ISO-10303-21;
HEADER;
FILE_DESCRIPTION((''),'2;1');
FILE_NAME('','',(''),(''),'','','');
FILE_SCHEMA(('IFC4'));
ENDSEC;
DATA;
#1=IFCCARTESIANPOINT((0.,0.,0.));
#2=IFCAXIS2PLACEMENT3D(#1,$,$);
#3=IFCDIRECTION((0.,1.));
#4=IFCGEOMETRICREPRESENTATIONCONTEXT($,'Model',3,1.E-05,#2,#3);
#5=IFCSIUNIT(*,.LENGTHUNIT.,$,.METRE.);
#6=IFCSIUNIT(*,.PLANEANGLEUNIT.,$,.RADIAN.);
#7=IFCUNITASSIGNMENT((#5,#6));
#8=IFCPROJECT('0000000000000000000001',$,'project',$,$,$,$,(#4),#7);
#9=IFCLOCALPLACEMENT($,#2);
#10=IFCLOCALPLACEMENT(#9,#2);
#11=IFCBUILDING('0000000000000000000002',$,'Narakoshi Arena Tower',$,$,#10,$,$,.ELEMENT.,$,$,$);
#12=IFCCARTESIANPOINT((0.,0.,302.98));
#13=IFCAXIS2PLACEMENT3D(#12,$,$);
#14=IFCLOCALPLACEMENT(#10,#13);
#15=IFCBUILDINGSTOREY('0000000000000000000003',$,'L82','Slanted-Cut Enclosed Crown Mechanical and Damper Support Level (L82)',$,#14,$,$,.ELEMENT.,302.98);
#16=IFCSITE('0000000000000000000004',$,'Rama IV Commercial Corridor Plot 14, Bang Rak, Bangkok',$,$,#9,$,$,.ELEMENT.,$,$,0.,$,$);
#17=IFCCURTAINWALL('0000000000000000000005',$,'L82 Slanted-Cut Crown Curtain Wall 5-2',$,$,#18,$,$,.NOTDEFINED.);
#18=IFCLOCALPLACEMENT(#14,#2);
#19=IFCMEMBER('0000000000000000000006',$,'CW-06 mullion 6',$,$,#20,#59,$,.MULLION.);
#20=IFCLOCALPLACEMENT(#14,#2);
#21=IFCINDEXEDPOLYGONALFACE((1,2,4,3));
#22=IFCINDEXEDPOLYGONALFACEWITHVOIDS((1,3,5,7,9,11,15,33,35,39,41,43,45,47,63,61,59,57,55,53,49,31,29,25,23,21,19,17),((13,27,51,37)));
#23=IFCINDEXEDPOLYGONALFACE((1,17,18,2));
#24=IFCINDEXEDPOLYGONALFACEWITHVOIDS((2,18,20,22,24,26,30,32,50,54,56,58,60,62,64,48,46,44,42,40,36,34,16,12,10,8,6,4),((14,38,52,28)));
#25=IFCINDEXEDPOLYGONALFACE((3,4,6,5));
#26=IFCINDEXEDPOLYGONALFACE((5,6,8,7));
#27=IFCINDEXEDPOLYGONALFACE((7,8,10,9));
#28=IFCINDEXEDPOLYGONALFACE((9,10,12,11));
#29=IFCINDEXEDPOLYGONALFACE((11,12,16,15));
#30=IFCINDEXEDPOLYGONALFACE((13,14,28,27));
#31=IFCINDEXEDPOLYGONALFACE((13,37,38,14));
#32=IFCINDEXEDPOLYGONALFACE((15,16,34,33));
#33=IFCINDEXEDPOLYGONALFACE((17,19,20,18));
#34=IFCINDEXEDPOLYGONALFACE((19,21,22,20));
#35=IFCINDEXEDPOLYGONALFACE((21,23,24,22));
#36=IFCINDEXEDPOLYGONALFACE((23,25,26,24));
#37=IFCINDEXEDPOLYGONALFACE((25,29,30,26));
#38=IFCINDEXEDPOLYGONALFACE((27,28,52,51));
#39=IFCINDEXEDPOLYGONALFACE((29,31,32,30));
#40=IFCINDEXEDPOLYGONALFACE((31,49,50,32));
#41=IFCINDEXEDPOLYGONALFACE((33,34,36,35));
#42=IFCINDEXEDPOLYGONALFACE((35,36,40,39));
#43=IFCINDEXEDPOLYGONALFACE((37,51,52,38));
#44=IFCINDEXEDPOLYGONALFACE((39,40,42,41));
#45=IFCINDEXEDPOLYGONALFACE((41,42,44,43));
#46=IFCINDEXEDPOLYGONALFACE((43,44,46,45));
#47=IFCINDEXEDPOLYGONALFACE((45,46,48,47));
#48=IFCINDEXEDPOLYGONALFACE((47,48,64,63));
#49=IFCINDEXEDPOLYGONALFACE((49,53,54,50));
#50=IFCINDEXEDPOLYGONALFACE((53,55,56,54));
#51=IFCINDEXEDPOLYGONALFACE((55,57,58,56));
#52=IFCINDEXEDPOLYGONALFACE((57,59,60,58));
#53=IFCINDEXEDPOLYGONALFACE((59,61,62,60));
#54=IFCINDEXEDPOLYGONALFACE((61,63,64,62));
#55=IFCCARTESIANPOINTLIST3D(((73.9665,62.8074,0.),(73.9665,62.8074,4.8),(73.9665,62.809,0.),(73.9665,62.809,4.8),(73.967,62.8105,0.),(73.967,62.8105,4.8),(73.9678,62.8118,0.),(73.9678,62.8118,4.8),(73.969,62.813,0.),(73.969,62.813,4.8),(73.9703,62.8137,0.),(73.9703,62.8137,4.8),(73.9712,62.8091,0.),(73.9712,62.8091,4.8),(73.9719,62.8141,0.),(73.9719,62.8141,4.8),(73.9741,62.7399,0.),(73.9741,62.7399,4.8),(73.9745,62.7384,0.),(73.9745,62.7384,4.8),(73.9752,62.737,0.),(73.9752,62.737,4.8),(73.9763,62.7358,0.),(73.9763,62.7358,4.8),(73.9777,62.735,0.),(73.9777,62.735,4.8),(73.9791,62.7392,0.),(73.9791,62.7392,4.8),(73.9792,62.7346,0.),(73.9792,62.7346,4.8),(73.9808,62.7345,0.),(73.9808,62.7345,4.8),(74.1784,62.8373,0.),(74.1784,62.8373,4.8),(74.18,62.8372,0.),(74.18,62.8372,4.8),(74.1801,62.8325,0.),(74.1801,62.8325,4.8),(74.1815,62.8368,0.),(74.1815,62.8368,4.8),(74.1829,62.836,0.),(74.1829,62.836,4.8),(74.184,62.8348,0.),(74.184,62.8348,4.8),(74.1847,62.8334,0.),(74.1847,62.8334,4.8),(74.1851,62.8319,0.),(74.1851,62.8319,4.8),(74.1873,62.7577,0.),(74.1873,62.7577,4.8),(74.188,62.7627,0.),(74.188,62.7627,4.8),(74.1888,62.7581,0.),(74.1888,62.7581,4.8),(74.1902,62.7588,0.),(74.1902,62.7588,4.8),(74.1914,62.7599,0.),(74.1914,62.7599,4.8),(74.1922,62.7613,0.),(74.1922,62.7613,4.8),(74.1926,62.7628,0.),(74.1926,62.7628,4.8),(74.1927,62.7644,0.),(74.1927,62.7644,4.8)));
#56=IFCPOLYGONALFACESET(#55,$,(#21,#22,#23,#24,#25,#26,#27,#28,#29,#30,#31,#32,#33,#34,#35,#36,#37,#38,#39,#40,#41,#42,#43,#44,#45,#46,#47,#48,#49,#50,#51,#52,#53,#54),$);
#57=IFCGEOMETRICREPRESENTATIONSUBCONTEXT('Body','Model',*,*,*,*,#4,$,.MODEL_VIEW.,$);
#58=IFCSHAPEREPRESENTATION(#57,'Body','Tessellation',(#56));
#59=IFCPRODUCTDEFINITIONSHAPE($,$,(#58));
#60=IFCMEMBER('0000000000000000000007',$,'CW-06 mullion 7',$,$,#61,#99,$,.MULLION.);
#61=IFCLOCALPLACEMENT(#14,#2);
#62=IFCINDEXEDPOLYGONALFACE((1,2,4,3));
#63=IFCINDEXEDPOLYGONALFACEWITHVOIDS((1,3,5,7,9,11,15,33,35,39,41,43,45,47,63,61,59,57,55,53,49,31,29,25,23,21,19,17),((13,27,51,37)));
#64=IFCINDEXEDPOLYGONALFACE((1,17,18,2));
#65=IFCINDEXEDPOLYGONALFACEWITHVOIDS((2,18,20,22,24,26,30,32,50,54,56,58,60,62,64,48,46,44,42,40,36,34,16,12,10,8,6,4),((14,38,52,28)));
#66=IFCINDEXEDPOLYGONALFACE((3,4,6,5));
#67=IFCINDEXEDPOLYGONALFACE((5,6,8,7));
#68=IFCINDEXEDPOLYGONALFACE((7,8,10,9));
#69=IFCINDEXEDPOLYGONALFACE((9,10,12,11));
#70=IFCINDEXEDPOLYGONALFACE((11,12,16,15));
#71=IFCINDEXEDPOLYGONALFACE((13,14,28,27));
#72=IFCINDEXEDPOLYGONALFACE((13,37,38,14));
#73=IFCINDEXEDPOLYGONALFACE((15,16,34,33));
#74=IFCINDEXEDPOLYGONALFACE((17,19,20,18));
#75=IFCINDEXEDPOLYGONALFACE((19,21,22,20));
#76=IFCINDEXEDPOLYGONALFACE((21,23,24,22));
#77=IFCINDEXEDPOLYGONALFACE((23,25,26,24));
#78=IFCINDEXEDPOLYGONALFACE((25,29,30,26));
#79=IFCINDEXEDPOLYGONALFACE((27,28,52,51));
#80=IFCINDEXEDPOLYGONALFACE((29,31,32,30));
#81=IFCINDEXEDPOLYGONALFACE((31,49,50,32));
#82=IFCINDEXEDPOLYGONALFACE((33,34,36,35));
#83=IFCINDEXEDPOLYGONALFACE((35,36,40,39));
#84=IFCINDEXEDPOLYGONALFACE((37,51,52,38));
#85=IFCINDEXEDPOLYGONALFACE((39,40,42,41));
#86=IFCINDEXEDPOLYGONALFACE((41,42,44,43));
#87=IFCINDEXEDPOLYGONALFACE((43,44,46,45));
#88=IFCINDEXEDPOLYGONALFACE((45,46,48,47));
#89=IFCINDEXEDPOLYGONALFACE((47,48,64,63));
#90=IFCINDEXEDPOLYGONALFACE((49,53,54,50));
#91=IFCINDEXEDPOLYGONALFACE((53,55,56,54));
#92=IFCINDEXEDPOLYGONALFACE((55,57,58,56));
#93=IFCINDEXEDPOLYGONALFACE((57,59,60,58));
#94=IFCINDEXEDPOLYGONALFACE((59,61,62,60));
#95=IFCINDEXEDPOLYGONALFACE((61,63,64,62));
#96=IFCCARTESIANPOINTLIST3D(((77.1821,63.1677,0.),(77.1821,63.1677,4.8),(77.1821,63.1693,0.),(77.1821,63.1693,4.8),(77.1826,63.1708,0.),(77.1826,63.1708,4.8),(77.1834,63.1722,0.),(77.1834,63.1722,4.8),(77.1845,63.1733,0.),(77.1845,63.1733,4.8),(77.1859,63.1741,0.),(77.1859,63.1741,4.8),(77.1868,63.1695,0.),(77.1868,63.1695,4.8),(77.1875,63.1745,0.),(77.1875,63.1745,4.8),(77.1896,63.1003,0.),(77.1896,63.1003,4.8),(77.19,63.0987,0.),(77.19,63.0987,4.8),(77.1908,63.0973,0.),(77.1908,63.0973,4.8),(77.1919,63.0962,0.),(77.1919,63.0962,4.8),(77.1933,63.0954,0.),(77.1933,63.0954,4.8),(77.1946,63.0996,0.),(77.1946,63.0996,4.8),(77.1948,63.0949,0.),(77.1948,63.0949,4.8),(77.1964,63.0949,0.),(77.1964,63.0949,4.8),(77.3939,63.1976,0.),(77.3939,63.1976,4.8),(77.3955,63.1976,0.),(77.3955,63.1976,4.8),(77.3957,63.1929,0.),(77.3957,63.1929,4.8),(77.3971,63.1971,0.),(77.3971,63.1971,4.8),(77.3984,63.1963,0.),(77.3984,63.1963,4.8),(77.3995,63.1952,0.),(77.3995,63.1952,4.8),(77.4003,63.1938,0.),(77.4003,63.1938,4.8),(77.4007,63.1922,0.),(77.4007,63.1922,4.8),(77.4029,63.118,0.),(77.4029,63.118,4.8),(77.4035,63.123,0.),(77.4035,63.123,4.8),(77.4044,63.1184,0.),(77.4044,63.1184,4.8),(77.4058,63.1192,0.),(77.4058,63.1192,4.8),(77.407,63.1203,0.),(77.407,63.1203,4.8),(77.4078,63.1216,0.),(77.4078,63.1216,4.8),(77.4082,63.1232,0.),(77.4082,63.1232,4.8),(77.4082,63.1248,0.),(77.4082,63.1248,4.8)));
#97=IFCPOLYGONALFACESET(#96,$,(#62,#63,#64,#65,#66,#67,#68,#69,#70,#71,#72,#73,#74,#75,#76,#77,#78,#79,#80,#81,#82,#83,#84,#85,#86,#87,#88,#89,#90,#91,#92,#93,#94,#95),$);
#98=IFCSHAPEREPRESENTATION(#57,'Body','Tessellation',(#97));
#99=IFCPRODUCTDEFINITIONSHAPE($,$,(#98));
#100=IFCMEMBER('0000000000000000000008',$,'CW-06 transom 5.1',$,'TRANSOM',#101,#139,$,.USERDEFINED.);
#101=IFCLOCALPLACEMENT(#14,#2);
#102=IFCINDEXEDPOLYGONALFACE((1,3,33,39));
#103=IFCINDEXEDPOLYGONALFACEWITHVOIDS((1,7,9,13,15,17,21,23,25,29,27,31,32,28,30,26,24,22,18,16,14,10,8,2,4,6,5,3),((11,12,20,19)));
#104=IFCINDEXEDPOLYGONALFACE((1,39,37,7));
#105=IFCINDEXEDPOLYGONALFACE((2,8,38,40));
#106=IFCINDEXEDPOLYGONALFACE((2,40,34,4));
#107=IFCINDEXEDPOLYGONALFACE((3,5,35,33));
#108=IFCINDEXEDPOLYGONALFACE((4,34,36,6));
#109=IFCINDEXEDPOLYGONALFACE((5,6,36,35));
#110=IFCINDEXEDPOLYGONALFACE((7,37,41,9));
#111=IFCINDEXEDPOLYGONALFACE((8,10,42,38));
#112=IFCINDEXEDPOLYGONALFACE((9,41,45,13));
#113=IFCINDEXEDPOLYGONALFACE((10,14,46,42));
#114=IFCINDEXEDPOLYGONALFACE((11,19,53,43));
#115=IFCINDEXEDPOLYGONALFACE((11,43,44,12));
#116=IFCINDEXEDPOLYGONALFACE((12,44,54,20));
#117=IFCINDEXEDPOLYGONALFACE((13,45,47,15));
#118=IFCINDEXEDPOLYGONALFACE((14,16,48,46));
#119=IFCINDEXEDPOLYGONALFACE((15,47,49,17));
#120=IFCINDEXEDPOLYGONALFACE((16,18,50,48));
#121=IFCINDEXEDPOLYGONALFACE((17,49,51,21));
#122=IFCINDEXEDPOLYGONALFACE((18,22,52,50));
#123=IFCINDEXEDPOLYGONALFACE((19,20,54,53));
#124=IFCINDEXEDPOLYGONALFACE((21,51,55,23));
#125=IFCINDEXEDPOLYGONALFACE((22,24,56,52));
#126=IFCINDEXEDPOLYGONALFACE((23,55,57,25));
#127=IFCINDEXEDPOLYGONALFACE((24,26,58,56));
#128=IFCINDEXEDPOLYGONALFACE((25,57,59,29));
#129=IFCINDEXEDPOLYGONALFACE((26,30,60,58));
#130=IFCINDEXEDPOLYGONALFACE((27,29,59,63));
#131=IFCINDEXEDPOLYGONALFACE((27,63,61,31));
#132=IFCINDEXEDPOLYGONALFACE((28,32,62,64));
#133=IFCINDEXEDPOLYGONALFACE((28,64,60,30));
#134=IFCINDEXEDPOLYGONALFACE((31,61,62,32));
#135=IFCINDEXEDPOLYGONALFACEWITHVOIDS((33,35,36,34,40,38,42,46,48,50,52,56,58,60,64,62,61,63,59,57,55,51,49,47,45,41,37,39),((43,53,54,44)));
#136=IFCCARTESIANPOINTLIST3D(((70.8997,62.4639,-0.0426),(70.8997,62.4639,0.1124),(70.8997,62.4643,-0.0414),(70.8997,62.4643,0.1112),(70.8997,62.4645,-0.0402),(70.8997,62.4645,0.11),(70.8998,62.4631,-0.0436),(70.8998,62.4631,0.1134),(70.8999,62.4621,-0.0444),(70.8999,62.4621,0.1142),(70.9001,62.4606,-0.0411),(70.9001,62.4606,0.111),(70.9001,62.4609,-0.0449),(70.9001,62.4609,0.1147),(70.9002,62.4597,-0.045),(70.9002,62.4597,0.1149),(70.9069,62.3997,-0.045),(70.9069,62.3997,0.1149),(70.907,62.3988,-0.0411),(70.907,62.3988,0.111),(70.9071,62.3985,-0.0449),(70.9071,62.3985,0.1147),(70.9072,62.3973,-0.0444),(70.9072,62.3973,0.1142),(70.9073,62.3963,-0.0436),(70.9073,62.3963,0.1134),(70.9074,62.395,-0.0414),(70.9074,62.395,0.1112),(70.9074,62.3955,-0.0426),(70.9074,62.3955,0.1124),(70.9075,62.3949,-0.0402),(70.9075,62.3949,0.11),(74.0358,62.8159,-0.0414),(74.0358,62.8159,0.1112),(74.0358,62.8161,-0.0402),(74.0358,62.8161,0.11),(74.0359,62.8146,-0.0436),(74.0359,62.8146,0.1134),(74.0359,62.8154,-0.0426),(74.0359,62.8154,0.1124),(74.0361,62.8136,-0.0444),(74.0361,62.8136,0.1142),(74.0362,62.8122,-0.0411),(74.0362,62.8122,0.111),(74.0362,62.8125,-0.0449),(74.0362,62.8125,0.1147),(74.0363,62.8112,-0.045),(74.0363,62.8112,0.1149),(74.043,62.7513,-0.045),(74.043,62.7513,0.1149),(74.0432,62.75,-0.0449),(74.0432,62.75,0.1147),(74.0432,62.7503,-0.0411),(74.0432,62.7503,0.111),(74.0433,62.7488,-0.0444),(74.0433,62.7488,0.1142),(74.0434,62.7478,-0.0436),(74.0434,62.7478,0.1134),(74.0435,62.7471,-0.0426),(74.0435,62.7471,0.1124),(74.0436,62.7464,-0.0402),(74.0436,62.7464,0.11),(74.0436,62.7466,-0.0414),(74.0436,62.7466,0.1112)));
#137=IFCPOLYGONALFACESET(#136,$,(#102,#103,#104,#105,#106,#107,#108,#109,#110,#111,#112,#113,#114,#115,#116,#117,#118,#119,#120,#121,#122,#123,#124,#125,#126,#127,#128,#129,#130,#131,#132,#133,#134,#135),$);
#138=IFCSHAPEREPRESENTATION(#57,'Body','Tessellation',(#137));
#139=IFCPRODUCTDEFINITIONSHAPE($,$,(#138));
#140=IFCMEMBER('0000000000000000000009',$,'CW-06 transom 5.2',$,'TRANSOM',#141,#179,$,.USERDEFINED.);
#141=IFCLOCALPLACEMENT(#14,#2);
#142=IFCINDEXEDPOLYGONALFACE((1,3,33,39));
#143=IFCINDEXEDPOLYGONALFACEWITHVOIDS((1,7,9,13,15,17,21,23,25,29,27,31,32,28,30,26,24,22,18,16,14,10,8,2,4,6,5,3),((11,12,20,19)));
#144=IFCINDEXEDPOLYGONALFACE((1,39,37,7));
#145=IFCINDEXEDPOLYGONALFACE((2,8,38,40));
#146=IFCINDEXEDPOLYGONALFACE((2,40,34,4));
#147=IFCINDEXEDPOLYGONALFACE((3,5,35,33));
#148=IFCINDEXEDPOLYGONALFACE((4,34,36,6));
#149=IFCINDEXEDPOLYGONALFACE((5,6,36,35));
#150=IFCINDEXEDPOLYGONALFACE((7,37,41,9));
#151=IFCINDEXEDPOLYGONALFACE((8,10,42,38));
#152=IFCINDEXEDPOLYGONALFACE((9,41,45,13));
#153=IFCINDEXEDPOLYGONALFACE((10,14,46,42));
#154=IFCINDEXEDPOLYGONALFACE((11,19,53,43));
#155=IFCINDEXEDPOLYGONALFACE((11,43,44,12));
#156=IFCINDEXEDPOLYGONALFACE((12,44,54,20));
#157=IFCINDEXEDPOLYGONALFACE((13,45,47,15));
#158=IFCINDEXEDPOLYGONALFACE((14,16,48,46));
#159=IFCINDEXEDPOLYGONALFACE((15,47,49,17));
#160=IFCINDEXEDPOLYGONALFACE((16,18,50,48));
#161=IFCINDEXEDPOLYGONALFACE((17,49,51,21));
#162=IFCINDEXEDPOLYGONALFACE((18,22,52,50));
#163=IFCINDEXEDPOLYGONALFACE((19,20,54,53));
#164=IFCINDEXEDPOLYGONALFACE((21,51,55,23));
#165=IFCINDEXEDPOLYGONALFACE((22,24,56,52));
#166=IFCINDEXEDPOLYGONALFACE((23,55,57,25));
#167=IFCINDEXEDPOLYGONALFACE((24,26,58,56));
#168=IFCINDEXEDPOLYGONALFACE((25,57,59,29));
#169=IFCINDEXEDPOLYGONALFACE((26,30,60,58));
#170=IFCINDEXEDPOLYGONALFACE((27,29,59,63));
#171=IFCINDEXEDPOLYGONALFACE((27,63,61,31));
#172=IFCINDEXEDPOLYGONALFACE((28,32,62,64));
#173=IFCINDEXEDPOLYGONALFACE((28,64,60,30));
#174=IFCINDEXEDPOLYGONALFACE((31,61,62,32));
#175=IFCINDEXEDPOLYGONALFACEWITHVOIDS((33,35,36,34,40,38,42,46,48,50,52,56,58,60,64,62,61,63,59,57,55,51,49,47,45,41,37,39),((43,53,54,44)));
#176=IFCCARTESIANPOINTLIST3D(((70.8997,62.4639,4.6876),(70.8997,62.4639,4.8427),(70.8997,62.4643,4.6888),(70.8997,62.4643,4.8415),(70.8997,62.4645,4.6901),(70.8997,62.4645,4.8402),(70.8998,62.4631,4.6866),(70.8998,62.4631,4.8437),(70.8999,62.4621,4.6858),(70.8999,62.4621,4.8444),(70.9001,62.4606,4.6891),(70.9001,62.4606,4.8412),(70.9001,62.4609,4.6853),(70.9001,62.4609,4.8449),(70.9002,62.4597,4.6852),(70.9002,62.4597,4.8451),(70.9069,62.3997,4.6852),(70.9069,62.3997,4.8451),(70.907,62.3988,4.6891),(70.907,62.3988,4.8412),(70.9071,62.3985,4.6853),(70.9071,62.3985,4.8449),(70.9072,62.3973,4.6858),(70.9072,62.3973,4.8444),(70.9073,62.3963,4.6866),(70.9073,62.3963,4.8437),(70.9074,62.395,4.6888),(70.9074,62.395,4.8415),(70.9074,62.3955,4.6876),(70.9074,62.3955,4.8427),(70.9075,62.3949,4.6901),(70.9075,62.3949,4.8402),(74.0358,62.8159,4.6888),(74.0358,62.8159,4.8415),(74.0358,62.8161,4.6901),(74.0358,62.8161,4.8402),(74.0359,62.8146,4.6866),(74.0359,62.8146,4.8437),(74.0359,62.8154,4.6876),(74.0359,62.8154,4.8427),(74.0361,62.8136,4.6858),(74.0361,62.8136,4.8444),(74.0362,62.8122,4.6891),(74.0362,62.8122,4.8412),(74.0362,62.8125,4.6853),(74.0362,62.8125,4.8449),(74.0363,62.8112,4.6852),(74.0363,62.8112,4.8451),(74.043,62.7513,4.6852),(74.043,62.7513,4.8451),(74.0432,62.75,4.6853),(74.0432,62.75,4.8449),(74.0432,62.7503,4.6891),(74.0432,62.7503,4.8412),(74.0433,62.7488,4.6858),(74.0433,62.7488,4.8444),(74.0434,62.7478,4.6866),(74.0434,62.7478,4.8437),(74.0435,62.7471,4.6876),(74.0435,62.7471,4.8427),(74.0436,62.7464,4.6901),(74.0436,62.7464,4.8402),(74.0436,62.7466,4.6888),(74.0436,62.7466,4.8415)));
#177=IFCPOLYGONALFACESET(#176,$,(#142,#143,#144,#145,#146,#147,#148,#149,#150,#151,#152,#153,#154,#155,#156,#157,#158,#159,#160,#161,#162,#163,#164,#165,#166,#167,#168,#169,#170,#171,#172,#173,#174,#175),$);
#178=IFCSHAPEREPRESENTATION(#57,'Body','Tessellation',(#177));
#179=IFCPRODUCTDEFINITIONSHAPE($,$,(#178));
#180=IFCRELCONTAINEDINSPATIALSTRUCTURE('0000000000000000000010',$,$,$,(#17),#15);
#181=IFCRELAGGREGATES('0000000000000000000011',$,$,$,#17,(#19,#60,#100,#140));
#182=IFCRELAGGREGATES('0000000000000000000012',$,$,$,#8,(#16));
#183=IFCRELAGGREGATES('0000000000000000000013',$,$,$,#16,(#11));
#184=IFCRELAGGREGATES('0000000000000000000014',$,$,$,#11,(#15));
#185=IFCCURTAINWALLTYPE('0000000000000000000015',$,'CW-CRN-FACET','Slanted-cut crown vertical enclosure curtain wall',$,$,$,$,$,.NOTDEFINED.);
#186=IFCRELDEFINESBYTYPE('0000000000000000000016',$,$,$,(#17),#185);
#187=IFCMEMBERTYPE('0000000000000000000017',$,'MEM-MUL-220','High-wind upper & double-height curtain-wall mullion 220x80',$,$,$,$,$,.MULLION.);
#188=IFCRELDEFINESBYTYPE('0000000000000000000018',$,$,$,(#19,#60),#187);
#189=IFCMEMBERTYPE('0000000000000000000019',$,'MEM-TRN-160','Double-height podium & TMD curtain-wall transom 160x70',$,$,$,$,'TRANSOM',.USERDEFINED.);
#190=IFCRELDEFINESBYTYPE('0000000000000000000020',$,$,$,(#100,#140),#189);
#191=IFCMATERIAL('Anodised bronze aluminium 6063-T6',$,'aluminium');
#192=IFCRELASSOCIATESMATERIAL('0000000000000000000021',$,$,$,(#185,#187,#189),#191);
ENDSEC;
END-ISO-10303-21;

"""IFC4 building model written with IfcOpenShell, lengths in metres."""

from ifc_helpers import new_model, si_unit, direction, frame, origin, origin_2d, place, context, subcontext, project, spatial, hollow_rectangle, extrude, material, material_profile, profile_set, type_object, element, aggregate, save


model = new_model("IFC4")

# Units and contexts
model_context = context("Model", 3, precision=1e-05, world=origin(), true_north=direction((0.0, 1.0)))
body_context = subcontext(model_context, "Body", "Model", "MODEL_VIEW")
ifc_project = project(units=[si_unit("LENGTHUNIT", "METRE"), si_unit("PLANEANGLEUNIT", "RADIAN")], contexts=[model_context])

# Site, building, storey
site_placement = place(None, origin())
site = spatial("IfcSite", under=ifc_project, at=site_placement, Name="Rama IV Commercial Corridor Plot 14, Bang Rak, Bangkok", CompositionType="ELEMENT", RefElevation=0.0)
building_placement = place(site_placement, origin())
building = spatial("IfcBuilding", under=site, at=building_placement, Name="Narakoshi Arena Tower", CompositionType="ELEMENT")
storey_placement = place(building_placement, frame((0.0, 0.0, 302.98)))
storey = spatial("IfcBuildingStorey", under=building, at=storey_placement, Name="L82", Description="Slanted-Cut Enclosed Crown Mechanical and Damper Support Level (L82)", CompositionType="ELEMENT", Elevation=302.98)

# Curtain wall, members
ifc_material_1 = material(Name="Anodised bronze aluminium 6063-T6", Category="aluminium")
curtain_wall_type = type_object("IfcCurtainWallType", Name="CW-CRN-FACET", Description="Slanted-cut crown vertical enclosure curtain wall", PredefinedType="NOTDEFINED", material=ifc_material_1)
curtain_wall_placement = place(storey_placement, origin())
curtain_wall = element("IfcCurtainWall", 1, at=curtain_wall_placement, inside=storey, type_object=curtain_wall_type, Name="L82 Slanted-Cut Crown Curtain Wall 5-2", PredefinedType="NOTDEFINED")
ifc_material_profile_1 = material_profile(ifc_material_1, hollow_rectangle(XDim=0.0801, YDim=0.22, WallThickness=0.0049, OuterFilletRadius=0.0061, at=origin_2d()), Name="MUL220x80x5")
ifc_profile_set_1 = profile_set([ifc_material_profile_1], Name="Anodised bronze aluminium 6063-T6")
member_type_1 = type_object("IfcMemberType", Name="MEM-MUL-220", Description="High-wind upper & double-height curtain-wall mullion 220x80", PredefinedType="MULLION", material=ifc_profile_set_1)
member_1_placement = place(storey_placement, frame((74.0796, 62.7859, 0.0), z_axis=(0.0, 0.0, 1.0), x_axis=(-0.111395, 0.993776, 0.0)))
member_1 = element("IfcMember", 2, at=member_1_placement, type_object=member_type_1, Name="CW-06 mullion 6", PredefinedType="MULLION", context=body_context, shape_type="SweptSolid", body=[
    extrude(hollow_rectangle(XDim=0.0801, YDim=0.22, WallThickness=0.0049, OuterFilletRadius=0.0061, at=origin_2d()), origin(), (0.0, 0.0, 1.0), 4.8),
])
member_2_placement = place(storey_placement, frame((77.2952, 63.1462, 0.0), z_axis=(0.0, 0.0, 1.0), x_axis=(-0.111395, 0.993776, 0.0)))
member_2 = element("IfcMember", 3, at=member_2_placement, type_object=member_type_1, Name="CW-06 mullion 7", PredefinedType="MULLION", context=body_context, shape_type="SweptSolid", body=[
    extrude(hollow_rectangle(XDim=0.0801, YDim=0.22, WallThickness=0.0049, OuterFilletRadius=0.0061, at=origin_2d()), origin(), (0.0, 0.0, 1.0), 4.8),
])
ifc_material_profile_2 = material_profile(ifc_material_1, hollow_rectangle(XDim=0.0701, YDim=0.1599, WallThickness=0.0039, OuterFilletRadius=0.0049, at=origin_2d()), Name="TRN160x70x4")
ifc_profile_set_2 = profile_set([ifc_material_profile_2], Name="Anodised bronze aluminium 6063-T6")
member_type_2 = type_object("IfcMemberType", Name="MEM-TRN-160", Description="Double-height podium & TMD curtain-wall transom 160x70", ElementType="TRANSOM", PredefinedType="USERDEFINED", material=ifc_profile_set_2)
member_3_placement = place(storey_placement, frame((70.9036, 62.4297, 0.0349), z_axis=(0.993776, 0.111399, 0.0), x_axis=(-0.111399, 0.993776, 0.0)))
member_3 = element("IfcMember", 4, at=member_3_placement, type_object=member_type_2, Name="CW-06 transom 5.1", ObjectType="TRANSOM", PredefinedType="USERDEFINED", context=body_context, shape_type="SweptSolid", body=[
    extrude(hollow_rectangle(XDim=0.0701, YDim=0.1599, WallThickness=0.0039, OuterFilletRadius=0.0049, at=origin_2d()), origin(), (0.0, 0.0, 1.0), 3.1558),
])
member_4_placement = place(storey_placement, frame((70.9036, 62.4297, 4.7651), z_axis=(0.993776, 0.111399, 0.0), x_axis=(-0.111399, 0.993776, 0.0)))
member_4 = element("IfcMember", 5, at=member_4_placement, type_object=member_type_2, Name="CW-06 transom 5.2", ObjectType="TRANSOM", PredefinedType="USERDEFINED", context=body_context, shape_type="SweptSolid", body=[
    extrude(hollow_rectangle(XDim=0.0701, YDim=0.1599, WallThickness=0.0039, OuterFilletRadius=0.0049, at=origin_2d()), origin(), (0.0, 0.0, 1.0), 3.1558),
])
aggregate(curtain_wall, [member_1, member_2, member_3, member_4])

save(model, "model.ifc")
